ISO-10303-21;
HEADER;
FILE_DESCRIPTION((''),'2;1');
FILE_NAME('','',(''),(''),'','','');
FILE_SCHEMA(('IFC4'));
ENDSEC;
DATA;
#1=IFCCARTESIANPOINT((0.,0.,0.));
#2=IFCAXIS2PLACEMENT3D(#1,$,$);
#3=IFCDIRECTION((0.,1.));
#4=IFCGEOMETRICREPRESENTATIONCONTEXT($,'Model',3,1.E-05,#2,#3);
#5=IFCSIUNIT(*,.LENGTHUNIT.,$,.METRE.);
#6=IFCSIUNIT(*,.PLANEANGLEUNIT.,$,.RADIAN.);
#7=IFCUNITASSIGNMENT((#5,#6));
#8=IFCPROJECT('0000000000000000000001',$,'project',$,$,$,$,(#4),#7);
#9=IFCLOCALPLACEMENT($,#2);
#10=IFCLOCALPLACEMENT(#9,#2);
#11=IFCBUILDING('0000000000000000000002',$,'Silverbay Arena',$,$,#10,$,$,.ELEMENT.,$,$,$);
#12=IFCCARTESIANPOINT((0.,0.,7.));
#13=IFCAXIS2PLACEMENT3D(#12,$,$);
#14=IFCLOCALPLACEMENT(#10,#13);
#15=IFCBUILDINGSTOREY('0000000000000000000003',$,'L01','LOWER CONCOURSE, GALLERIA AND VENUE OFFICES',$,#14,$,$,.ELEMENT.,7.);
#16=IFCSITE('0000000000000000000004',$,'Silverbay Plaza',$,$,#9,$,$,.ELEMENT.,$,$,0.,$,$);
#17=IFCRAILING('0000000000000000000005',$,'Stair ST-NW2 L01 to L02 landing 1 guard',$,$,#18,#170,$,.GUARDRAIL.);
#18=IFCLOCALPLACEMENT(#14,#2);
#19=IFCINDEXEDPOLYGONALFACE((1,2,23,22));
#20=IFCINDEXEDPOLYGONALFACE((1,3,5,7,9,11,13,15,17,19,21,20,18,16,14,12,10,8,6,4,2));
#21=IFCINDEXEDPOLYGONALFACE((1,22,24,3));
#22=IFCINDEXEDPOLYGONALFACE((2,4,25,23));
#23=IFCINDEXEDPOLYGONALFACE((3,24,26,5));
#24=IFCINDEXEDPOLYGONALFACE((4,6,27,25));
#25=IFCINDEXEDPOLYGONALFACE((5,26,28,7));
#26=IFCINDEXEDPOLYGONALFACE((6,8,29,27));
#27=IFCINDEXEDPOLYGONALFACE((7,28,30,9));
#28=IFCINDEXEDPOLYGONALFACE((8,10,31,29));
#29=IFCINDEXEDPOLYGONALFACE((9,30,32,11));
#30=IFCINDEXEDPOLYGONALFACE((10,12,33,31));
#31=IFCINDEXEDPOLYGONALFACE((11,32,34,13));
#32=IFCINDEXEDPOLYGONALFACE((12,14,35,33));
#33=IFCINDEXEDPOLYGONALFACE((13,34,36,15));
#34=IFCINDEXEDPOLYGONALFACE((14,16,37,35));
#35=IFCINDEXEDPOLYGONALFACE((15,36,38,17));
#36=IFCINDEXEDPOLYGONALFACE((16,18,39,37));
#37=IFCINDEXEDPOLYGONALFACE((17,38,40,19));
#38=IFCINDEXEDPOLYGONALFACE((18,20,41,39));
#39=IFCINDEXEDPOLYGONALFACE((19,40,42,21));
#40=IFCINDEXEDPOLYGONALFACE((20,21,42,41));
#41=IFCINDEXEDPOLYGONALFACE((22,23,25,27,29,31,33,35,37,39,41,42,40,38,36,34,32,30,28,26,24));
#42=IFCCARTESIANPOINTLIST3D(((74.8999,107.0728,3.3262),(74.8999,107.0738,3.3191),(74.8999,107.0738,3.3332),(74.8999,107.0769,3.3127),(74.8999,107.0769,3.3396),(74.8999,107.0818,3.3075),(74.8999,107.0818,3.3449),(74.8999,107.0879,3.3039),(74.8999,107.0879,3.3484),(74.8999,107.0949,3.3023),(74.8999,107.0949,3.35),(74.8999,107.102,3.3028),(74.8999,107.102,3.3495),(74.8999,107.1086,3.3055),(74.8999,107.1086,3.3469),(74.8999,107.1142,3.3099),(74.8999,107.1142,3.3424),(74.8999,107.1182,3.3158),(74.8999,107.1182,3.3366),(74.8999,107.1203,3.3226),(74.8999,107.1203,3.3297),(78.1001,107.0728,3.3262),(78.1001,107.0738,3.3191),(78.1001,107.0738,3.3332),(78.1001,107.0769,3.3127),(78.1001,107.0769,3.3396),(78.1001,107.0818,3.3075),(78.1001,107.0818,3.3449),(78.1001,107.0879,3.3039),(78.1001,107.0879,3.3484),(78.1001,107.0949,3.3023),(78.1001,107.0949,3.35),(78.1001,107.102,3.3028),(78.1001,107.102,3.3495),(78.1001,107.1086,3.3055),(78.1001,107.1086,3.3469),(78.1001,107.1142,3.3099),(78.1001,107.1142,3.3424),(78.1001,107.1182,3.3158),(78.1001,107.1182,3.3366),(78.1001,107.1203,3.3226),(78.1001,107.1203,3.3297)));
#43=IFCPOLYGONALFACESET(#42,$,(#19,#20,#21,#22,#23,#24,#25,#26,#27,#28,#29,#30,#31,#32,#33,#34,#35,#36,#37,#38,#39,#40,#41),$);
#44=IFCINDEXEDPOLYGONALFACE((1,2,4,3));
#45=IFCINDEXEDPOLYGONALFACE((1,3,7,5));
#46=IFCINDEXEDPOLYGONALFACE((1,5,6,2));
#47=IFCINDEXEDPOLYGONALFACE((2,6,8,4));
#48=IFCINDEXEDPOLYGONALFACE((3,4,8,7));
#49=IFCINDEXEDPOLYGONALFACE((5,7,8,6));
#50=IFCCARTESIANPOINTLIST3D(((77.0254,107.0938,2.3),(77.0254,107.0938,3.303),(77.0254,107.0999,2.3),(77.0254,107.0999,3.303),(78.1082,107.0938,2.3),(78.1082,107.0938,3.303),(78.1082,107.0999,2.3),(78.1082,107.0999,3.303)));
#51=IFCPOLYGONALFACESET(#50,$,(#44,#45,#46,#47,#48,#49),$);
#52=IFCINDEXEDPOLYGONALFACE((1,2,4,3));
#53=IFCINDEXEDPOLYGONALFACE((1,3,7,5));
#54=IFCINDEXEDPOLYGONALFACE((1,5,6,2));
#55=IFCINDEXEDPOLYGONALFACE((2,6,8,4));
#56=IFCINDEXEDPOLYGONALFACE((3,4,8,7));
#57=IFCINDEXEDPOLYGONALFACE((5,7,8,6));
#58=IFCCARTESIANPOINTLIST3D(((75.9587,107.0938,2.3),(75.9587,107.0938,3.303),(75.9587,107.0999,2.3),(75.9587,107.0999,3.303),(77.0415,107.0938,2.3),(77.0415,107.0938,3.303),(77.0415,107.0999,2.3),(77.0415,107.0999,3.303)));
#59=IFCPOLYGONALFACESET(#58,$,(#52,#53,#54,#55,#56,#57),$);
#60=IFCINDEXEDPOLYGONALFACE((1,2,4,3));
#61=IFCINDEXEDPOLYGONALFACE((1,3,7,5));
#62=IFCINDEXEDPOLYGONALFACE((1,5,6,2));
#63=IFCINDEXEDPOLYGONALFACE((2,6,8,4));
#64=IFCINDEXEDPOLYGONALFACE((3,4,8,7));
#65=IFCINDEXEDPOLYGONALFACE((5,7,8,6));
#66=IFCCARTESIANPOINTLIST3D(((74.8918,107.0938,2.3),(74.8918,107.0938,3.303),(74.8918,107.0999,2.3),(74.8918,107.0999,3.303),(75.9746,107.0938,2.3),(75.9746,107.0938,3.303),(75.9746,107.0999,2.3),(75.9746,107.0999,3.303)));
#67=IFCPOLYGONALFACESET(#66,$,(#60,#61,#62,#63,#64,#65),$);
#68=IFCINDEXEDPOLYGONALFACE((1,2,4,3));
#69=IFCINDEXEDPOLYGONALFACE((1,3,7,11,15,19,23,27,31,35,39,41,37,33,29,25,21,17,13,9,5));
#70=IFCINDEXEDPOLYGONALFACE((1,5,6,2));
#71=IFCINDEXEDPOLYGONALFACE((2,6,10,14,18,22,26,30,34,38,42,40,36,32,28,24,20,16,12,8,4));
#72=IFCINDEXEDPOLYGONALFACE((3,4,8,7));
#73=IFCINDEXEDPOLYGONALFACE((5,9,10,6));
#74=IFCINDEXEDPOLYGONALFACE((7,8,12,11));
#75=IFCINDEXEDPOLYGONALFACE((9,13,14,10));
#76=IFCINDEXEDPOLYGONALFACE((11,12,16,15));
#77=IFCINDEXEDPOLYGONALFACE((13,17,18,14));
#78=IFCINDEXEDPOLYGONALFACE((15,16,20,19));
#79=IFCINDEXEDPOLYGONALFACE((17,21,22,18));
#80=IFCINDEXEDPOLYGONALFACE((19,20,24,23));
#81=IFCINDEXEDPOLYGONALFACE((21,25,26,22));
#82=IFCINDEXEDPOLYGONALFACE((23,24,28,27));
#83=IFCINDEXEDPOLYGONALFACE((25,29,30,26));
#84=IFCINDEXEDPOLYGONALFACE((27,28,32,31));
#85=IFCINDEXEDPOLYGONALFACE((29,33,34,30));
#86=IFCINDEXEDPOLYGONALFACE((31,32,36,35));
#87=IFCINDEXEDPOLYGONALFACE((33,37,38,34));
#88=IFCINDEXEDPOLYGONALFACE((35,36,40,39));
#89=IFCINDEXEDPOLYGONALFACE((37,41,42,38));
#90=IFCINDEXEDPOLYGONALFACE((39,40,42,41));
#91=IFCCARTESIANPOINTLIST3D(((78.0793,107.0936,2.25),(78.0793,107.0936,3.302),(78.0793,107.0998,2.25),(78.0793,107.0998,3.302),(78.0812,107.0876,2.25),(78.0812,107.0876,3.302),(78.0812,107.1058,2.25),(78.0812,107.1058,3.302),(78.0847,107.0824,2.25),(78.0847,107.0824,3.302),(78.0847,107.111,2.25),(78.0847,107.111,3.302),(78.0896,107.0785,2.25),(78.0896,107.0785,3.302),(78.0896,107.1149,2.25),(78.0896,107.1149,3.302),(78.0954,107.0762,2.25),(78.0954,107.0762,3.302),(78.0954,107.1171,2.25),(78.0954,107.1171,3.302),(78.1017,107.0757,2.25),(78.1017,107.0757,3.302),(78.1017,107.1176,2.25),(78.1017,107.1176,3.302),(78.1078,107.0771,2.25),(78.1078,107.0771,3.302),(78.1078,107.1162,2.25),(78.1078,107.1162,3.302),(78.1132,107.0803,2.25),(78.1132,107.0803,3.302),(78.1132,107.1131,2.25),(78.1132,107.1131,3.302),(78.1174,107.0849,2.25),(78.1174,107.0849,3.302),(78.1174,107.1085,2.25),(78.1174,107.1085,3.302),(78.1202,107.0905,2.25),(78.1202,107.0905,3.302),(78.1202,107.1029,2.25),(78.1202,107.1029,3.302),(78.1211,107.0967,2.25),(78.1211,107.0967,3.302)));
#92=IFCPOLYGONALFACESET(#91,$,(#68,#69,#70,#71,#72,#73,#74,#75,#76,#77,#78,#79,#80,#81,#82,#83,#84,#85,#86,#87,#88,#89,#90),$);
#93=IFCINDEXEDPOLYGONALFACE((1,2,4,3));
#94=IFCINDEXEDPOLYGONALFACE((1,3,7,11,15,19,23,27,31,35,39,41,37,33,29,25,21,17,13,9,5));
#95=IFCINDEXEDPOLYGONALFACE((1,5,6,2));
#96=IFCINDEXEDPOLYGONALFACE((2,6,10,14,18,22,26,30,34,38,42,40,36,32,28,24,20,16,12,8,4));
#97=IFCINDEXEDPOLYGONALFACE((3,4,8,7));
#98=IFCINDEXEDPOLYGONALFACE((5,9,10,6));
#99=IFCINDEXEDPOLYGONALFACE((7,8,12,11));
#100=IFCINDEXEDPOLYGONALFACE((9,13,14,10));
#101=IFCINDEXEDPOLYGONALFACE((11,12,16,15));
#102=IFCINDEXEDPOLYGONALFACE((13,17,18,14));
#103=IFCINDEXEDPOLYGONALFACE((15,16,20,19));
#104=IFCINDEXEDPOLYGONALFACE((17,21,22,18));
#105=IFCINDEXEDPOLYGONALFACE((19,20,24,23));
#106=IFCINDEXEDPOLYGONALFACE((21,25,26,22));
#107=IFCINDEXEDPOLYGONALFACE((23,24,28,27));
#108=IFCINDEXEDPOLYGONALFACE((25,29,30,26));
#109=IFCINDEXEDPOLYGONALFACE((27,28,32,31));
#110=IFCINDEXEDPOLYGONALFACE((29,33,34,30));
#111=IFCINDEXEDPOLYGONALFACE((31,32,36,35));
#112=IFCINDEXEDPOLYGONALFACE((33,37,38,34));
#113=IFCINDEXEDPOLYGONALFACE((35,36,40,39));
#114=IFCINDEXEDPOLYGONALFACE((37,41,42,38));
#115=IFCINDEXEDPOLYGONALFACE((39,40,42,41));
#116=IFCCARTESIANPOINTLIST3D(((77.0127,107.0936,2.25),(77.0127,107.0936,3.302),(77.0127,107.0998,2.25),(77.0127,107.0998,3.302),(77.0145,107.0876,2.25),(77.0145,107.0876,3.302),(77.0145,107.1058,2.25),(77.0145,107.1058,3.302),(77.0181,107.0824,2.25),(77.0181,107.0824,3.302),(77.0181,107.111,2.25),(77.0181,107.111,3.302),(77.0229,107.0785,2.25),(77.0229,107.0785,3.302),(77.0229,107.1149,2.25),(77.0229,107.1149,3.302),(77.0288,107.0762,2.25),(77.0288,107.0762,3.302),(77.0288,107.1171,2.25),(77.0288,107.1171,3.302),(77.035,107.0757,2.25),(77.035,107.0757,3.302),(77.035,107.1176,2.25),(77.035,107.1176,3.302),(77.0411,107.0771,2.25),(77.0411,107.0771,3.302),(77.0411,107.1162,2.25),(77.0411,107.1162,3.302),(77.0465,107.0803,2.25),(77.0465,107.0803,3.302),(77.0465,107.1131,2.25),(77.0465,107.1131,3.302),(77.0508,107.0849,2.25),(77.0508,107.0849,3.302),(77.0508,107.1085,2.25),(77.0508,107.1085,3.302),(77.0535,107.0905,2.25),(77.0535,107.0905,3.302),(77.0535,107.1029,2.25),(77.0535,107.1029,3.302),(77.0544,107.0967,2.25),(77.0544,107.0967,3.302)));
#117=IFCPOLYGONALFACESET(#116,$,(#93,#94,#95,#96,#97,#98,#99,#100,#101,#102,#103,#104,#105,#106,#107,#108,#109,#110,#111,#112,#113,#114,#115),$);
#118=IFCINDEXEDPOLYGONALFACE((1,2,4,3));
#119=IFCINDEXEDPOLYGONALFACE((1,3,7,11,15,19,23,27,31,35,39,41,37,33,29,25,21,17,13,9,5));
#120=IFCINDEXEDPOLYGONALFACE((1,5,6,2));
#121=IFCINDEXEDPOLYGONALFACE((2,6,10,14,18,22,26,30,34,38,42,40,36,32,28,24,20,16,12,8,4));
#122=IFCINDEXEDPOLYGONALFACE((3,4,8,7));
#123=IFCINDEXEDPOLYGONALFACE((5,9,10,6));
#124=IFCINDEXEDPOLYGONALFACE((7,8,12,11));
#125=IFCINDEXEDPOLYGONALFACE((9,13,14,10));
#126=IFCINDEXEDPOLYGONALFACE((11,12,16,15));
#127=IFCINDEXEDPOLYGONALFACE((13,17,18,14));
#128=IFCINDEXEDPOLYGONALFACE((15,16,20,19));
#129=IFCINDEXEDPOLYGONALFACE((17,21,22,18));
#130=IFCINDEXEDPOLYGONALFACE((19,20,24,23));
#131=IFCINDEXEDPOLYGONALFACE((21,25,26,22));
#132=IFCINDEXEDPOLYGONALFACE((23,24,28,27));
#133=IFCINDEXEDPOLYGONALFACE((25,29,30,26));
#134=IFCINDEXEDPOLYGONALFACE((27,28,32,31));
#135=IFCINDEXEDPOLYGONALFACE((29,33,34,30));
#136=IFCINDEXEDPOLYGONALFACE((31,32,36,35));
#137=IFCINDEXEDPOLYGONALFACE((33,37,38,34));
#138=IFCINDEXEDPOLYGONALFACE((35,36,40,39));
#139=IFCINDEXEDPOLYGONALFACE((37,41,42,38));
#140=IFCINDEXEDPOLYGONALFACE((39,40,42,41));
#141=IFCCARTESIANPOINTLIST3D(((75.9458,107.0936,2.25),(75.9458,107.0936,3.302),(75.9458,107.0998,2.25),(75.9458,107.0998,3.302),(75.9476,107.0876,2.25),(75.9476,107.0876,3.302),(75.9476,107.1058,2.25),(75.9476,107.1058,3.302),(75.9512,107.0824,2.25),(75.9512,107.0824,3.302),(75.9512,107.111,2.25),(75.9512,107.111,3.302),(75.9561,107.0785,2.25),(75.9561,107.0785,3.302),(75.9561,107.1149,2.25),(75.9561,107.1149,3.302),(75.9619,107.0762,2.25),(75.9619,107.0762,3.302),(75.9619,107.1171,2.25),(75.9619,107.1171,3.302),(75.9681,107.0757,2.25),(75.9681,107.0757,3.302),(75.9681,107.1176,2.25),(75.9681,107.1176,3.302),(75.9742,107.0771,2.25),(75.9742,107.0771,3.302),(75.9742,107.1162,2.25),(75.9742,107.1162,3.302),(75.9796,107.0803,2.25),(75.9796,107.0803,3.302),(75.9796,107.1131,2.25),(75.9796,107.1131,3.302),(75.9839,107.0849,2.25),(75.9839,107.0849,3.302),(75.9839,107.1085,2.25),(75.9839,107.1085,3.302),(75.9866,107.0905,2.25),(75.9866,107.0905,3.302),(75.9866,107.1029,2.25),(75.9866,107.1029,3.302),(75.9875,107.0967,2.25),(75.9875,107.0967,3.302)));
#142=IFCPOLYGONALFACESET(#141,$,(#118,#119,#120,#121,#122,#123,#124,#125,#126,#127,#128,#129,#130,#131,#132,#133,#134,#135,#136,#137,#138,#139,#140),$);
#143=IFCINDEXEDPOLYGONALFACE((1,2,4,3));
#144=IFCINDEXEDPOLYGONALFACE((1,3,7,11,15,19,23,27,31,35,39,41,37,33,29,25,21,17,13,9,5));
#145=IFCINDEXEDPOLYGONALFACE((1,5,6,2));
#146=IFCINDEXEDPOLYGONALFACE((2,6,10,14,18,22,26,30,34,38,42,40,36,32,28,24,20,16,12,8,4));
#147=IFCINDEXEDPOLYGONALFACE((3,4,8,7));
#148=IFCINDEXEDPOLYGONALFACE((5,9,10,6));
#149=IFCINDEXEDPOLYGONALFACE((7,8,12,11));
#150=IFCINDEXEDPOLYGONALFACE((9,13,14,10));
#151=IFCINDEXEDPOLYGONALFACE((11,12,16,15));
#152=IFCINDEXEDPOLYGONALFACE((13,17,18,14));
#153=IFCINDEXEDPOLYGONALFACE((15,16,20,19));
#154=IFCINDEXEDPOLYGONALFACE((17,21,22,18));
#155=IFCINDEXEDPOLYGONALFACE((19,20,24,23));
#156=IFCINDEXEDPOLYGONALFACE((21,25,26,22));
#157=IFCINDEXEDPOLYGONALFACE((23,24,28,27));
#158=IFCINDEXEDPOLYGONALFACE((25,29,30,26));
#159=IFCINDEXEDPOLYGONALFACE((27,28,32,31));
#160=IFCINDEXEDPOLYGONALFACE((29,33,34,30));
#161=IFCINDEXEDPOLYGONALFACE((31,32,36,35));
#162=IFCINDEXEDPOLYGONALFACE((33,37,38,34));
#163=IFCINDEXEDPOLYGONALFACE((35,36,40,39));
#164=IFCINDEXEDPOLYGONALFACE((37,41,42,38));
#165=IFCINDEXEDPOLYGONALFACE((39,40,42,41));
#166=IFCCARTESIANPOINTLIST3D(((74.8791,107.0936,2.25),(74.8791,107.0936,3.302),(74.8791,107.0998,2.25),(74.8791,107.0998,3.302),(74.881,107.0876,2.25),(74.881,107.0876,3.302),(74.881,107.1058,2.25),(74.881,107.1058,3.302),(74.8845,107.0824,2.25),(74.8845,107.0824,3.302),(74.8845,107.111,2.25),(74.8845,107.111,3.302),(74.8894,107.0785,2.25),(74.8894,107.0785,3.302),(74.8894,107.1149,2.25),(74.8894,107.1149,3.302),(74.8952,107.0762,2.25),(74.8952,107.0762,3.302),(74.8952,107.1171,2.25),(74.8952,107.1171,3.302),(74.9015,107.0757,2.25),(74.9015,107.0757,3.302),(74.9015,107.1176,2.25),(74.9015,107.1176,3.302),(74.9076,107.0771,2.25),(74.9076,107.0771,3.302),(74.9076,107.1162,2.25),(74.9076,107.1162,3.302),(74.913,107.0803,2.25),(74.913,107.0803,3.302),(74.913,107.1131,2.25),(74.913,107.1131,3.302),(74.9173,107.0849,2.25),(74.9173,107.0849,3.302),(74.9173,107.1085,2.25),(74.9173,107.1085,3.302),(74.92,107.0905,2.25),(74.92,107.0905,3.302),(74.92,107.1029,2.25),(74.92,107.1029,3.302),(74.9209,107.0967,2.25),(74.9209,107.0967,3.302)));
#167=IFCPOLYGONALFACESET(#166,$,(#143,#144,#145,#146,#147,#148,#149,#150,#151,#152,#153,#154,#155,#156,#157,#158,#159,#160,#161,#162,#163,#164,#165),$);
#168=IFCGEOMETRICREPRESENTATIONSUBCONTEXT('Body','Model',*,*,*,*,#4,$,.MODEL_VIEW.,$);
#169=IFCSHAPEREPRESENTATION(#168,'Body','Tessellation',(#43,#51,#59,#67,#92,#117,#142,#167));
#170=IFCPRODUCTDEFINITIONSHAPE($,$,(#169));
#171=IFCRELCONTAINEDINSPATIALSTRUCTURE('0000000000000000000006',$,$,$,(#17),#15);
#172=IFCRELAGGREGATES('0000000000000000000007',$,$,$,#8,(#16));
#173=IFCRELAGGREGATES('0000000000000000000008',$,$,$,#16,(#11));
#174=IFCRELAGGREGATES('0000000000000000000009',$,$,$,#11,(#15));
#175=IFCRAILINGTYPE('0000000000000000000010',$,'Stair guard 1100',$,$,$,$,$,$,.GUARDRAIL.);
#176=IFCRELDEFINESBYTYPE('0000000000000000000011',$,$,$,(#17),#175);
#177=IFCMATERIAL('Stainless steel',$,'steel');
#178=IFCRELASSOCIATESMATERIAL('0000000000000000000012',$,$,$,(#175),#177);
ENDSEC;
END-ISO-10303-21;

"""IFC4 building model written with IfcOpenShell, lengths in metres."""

from ifc_helpers import new_model, si_unit, direction, frame, origin, origin_2d, place, context, subcontext, project, spatial, polyline, circle, outline, extrude, material, type_object, element, save


model = new_model("IFC4")

# Units and contexts
model_context = context("Model", 3, precision=1e-05, world=origin(), true_north=direction((0.0, 1.0)))
body_context = subcontext(model_context, "Body", "Model", "MODEL_VIEW")
ifc_project = project(units=[si_unit("LENGTHUNIT", "METRE"), si_unit("PLANEANGLEUNIT", "RADIAN")], contexts=[model_context])

# Site, building, storey
site_placement = place(None, origin())
site = spatial("IfcSite", under=ifc_project, at=site_placement, Name="Silverbay Plaza", CompositionType="ELEMENT", RefElevation=0.0)
building_placement = place(site_placement, origin())
building = spatial("IfcBuilding", under=site, at=building_placement, Name="Silverbay Arena", CompositionType="ELEMENT")
storey_placement = place(building_placement, frame((0.0, 0.0, 7.0)))
storey = spatial("IfcBuildingStorey", under=building, at=storey_placement, Name="L01", Description="LOWER CONCOURSE, GALLERIA AND VENUE OFFICES", CompositionType="ELEMENT", Elevation=7.0)

# Railing
ifc_material_1 = material(Name="Stainless steel", Category="steel")
railing_type_1 = type_object("IfcRailingType", Name="Stair guard 1100", PredefinedType="GUARDRAIL", material=ifc_material_1)
for number, where, name in (
    (1, (78.1001, 107.0967, 2.25), "Stair ST-NW2 L01 to L02 landing 1 guard"),
):
    element("IfcRailing", number, at=place(storey_placement, frame(where)), inside=storey, type_object=railing_type_1, Name=name, PredefinedType="GUARDRAIL", context=body_context, shape_type="SweptSolid", body=[
        extrude(circle(Radius=0.0239, at=origin_2d()), frame((0.0, 0.0, 1.0762), z_axis=(-1.0, 0.0, 0.0), x_axis=(0.0, -1.0, 0.0)), (0.0, 0.0, 1.0), 3.2002),
        extrude(outline(polyline([(-0.0081, 0.05), (1.0747, 0.05), (1.0747, 1.053), (-0.0081, 1.053), (-0.0081, 0.05)])), frame((0.0, -0.0029, 0.0), z_axis=(0.0, 1.0, 0.0), x_axis=(-1.0, 0.0, 0.0)), (0.0, 0.0, 1.0), 0.0061),
        extrude(outline(polyline([(-0.0081, 0.05), (1.0747, 0.05), (1.0747, 1.053), (-0.0081, 1.053), (-0.0081, 0.05)])), frame((-1.0667, -0.0029, 0.0), z_axis=(0.0, 1.0, 0.0), x_axis=(-1.0, 0.0, 0.0)), (0.0, 0.0, 1.0), 0.0061),
        extrude(outline(polyline([(-0.0081, 0.05), (1.0747, 0.05), (1.0747, 1.053), (-0.0081, 1.053), (-0.0081, 0.05)])), frame((-2.1335, -0.0029, 0.0), z_axis=(0.0, 1.0, 0.0), x_axis=(-1.0, 0.0, 0.0)), (0.0, 0.0, 1.0), 0.0061),
        extrude(circle(Radius=0.021, at=origin_2d()), origin(), (0.0, 0.0, 1.0), 1.052),
        extrude(circle(Radius=0.021, at=origin_2d()), frame((-1.0667, 0.0, 0.0)), (0.0, 0.0, 1.0), 1.052),
        extrude(circle(Radius=0.021, at=origin_2d()), frame((-2.1335, 0.0, 0.0)), (0.0, 0.0, 1.0), 1.052),
        extrude(circle(Radius=0.021, at=origin_2d()), frame((-3.2002, 0.0, 0.0)), (0.0, 0.0, 1.0), 1.052),
    ])

save(model, "model.ifc")
